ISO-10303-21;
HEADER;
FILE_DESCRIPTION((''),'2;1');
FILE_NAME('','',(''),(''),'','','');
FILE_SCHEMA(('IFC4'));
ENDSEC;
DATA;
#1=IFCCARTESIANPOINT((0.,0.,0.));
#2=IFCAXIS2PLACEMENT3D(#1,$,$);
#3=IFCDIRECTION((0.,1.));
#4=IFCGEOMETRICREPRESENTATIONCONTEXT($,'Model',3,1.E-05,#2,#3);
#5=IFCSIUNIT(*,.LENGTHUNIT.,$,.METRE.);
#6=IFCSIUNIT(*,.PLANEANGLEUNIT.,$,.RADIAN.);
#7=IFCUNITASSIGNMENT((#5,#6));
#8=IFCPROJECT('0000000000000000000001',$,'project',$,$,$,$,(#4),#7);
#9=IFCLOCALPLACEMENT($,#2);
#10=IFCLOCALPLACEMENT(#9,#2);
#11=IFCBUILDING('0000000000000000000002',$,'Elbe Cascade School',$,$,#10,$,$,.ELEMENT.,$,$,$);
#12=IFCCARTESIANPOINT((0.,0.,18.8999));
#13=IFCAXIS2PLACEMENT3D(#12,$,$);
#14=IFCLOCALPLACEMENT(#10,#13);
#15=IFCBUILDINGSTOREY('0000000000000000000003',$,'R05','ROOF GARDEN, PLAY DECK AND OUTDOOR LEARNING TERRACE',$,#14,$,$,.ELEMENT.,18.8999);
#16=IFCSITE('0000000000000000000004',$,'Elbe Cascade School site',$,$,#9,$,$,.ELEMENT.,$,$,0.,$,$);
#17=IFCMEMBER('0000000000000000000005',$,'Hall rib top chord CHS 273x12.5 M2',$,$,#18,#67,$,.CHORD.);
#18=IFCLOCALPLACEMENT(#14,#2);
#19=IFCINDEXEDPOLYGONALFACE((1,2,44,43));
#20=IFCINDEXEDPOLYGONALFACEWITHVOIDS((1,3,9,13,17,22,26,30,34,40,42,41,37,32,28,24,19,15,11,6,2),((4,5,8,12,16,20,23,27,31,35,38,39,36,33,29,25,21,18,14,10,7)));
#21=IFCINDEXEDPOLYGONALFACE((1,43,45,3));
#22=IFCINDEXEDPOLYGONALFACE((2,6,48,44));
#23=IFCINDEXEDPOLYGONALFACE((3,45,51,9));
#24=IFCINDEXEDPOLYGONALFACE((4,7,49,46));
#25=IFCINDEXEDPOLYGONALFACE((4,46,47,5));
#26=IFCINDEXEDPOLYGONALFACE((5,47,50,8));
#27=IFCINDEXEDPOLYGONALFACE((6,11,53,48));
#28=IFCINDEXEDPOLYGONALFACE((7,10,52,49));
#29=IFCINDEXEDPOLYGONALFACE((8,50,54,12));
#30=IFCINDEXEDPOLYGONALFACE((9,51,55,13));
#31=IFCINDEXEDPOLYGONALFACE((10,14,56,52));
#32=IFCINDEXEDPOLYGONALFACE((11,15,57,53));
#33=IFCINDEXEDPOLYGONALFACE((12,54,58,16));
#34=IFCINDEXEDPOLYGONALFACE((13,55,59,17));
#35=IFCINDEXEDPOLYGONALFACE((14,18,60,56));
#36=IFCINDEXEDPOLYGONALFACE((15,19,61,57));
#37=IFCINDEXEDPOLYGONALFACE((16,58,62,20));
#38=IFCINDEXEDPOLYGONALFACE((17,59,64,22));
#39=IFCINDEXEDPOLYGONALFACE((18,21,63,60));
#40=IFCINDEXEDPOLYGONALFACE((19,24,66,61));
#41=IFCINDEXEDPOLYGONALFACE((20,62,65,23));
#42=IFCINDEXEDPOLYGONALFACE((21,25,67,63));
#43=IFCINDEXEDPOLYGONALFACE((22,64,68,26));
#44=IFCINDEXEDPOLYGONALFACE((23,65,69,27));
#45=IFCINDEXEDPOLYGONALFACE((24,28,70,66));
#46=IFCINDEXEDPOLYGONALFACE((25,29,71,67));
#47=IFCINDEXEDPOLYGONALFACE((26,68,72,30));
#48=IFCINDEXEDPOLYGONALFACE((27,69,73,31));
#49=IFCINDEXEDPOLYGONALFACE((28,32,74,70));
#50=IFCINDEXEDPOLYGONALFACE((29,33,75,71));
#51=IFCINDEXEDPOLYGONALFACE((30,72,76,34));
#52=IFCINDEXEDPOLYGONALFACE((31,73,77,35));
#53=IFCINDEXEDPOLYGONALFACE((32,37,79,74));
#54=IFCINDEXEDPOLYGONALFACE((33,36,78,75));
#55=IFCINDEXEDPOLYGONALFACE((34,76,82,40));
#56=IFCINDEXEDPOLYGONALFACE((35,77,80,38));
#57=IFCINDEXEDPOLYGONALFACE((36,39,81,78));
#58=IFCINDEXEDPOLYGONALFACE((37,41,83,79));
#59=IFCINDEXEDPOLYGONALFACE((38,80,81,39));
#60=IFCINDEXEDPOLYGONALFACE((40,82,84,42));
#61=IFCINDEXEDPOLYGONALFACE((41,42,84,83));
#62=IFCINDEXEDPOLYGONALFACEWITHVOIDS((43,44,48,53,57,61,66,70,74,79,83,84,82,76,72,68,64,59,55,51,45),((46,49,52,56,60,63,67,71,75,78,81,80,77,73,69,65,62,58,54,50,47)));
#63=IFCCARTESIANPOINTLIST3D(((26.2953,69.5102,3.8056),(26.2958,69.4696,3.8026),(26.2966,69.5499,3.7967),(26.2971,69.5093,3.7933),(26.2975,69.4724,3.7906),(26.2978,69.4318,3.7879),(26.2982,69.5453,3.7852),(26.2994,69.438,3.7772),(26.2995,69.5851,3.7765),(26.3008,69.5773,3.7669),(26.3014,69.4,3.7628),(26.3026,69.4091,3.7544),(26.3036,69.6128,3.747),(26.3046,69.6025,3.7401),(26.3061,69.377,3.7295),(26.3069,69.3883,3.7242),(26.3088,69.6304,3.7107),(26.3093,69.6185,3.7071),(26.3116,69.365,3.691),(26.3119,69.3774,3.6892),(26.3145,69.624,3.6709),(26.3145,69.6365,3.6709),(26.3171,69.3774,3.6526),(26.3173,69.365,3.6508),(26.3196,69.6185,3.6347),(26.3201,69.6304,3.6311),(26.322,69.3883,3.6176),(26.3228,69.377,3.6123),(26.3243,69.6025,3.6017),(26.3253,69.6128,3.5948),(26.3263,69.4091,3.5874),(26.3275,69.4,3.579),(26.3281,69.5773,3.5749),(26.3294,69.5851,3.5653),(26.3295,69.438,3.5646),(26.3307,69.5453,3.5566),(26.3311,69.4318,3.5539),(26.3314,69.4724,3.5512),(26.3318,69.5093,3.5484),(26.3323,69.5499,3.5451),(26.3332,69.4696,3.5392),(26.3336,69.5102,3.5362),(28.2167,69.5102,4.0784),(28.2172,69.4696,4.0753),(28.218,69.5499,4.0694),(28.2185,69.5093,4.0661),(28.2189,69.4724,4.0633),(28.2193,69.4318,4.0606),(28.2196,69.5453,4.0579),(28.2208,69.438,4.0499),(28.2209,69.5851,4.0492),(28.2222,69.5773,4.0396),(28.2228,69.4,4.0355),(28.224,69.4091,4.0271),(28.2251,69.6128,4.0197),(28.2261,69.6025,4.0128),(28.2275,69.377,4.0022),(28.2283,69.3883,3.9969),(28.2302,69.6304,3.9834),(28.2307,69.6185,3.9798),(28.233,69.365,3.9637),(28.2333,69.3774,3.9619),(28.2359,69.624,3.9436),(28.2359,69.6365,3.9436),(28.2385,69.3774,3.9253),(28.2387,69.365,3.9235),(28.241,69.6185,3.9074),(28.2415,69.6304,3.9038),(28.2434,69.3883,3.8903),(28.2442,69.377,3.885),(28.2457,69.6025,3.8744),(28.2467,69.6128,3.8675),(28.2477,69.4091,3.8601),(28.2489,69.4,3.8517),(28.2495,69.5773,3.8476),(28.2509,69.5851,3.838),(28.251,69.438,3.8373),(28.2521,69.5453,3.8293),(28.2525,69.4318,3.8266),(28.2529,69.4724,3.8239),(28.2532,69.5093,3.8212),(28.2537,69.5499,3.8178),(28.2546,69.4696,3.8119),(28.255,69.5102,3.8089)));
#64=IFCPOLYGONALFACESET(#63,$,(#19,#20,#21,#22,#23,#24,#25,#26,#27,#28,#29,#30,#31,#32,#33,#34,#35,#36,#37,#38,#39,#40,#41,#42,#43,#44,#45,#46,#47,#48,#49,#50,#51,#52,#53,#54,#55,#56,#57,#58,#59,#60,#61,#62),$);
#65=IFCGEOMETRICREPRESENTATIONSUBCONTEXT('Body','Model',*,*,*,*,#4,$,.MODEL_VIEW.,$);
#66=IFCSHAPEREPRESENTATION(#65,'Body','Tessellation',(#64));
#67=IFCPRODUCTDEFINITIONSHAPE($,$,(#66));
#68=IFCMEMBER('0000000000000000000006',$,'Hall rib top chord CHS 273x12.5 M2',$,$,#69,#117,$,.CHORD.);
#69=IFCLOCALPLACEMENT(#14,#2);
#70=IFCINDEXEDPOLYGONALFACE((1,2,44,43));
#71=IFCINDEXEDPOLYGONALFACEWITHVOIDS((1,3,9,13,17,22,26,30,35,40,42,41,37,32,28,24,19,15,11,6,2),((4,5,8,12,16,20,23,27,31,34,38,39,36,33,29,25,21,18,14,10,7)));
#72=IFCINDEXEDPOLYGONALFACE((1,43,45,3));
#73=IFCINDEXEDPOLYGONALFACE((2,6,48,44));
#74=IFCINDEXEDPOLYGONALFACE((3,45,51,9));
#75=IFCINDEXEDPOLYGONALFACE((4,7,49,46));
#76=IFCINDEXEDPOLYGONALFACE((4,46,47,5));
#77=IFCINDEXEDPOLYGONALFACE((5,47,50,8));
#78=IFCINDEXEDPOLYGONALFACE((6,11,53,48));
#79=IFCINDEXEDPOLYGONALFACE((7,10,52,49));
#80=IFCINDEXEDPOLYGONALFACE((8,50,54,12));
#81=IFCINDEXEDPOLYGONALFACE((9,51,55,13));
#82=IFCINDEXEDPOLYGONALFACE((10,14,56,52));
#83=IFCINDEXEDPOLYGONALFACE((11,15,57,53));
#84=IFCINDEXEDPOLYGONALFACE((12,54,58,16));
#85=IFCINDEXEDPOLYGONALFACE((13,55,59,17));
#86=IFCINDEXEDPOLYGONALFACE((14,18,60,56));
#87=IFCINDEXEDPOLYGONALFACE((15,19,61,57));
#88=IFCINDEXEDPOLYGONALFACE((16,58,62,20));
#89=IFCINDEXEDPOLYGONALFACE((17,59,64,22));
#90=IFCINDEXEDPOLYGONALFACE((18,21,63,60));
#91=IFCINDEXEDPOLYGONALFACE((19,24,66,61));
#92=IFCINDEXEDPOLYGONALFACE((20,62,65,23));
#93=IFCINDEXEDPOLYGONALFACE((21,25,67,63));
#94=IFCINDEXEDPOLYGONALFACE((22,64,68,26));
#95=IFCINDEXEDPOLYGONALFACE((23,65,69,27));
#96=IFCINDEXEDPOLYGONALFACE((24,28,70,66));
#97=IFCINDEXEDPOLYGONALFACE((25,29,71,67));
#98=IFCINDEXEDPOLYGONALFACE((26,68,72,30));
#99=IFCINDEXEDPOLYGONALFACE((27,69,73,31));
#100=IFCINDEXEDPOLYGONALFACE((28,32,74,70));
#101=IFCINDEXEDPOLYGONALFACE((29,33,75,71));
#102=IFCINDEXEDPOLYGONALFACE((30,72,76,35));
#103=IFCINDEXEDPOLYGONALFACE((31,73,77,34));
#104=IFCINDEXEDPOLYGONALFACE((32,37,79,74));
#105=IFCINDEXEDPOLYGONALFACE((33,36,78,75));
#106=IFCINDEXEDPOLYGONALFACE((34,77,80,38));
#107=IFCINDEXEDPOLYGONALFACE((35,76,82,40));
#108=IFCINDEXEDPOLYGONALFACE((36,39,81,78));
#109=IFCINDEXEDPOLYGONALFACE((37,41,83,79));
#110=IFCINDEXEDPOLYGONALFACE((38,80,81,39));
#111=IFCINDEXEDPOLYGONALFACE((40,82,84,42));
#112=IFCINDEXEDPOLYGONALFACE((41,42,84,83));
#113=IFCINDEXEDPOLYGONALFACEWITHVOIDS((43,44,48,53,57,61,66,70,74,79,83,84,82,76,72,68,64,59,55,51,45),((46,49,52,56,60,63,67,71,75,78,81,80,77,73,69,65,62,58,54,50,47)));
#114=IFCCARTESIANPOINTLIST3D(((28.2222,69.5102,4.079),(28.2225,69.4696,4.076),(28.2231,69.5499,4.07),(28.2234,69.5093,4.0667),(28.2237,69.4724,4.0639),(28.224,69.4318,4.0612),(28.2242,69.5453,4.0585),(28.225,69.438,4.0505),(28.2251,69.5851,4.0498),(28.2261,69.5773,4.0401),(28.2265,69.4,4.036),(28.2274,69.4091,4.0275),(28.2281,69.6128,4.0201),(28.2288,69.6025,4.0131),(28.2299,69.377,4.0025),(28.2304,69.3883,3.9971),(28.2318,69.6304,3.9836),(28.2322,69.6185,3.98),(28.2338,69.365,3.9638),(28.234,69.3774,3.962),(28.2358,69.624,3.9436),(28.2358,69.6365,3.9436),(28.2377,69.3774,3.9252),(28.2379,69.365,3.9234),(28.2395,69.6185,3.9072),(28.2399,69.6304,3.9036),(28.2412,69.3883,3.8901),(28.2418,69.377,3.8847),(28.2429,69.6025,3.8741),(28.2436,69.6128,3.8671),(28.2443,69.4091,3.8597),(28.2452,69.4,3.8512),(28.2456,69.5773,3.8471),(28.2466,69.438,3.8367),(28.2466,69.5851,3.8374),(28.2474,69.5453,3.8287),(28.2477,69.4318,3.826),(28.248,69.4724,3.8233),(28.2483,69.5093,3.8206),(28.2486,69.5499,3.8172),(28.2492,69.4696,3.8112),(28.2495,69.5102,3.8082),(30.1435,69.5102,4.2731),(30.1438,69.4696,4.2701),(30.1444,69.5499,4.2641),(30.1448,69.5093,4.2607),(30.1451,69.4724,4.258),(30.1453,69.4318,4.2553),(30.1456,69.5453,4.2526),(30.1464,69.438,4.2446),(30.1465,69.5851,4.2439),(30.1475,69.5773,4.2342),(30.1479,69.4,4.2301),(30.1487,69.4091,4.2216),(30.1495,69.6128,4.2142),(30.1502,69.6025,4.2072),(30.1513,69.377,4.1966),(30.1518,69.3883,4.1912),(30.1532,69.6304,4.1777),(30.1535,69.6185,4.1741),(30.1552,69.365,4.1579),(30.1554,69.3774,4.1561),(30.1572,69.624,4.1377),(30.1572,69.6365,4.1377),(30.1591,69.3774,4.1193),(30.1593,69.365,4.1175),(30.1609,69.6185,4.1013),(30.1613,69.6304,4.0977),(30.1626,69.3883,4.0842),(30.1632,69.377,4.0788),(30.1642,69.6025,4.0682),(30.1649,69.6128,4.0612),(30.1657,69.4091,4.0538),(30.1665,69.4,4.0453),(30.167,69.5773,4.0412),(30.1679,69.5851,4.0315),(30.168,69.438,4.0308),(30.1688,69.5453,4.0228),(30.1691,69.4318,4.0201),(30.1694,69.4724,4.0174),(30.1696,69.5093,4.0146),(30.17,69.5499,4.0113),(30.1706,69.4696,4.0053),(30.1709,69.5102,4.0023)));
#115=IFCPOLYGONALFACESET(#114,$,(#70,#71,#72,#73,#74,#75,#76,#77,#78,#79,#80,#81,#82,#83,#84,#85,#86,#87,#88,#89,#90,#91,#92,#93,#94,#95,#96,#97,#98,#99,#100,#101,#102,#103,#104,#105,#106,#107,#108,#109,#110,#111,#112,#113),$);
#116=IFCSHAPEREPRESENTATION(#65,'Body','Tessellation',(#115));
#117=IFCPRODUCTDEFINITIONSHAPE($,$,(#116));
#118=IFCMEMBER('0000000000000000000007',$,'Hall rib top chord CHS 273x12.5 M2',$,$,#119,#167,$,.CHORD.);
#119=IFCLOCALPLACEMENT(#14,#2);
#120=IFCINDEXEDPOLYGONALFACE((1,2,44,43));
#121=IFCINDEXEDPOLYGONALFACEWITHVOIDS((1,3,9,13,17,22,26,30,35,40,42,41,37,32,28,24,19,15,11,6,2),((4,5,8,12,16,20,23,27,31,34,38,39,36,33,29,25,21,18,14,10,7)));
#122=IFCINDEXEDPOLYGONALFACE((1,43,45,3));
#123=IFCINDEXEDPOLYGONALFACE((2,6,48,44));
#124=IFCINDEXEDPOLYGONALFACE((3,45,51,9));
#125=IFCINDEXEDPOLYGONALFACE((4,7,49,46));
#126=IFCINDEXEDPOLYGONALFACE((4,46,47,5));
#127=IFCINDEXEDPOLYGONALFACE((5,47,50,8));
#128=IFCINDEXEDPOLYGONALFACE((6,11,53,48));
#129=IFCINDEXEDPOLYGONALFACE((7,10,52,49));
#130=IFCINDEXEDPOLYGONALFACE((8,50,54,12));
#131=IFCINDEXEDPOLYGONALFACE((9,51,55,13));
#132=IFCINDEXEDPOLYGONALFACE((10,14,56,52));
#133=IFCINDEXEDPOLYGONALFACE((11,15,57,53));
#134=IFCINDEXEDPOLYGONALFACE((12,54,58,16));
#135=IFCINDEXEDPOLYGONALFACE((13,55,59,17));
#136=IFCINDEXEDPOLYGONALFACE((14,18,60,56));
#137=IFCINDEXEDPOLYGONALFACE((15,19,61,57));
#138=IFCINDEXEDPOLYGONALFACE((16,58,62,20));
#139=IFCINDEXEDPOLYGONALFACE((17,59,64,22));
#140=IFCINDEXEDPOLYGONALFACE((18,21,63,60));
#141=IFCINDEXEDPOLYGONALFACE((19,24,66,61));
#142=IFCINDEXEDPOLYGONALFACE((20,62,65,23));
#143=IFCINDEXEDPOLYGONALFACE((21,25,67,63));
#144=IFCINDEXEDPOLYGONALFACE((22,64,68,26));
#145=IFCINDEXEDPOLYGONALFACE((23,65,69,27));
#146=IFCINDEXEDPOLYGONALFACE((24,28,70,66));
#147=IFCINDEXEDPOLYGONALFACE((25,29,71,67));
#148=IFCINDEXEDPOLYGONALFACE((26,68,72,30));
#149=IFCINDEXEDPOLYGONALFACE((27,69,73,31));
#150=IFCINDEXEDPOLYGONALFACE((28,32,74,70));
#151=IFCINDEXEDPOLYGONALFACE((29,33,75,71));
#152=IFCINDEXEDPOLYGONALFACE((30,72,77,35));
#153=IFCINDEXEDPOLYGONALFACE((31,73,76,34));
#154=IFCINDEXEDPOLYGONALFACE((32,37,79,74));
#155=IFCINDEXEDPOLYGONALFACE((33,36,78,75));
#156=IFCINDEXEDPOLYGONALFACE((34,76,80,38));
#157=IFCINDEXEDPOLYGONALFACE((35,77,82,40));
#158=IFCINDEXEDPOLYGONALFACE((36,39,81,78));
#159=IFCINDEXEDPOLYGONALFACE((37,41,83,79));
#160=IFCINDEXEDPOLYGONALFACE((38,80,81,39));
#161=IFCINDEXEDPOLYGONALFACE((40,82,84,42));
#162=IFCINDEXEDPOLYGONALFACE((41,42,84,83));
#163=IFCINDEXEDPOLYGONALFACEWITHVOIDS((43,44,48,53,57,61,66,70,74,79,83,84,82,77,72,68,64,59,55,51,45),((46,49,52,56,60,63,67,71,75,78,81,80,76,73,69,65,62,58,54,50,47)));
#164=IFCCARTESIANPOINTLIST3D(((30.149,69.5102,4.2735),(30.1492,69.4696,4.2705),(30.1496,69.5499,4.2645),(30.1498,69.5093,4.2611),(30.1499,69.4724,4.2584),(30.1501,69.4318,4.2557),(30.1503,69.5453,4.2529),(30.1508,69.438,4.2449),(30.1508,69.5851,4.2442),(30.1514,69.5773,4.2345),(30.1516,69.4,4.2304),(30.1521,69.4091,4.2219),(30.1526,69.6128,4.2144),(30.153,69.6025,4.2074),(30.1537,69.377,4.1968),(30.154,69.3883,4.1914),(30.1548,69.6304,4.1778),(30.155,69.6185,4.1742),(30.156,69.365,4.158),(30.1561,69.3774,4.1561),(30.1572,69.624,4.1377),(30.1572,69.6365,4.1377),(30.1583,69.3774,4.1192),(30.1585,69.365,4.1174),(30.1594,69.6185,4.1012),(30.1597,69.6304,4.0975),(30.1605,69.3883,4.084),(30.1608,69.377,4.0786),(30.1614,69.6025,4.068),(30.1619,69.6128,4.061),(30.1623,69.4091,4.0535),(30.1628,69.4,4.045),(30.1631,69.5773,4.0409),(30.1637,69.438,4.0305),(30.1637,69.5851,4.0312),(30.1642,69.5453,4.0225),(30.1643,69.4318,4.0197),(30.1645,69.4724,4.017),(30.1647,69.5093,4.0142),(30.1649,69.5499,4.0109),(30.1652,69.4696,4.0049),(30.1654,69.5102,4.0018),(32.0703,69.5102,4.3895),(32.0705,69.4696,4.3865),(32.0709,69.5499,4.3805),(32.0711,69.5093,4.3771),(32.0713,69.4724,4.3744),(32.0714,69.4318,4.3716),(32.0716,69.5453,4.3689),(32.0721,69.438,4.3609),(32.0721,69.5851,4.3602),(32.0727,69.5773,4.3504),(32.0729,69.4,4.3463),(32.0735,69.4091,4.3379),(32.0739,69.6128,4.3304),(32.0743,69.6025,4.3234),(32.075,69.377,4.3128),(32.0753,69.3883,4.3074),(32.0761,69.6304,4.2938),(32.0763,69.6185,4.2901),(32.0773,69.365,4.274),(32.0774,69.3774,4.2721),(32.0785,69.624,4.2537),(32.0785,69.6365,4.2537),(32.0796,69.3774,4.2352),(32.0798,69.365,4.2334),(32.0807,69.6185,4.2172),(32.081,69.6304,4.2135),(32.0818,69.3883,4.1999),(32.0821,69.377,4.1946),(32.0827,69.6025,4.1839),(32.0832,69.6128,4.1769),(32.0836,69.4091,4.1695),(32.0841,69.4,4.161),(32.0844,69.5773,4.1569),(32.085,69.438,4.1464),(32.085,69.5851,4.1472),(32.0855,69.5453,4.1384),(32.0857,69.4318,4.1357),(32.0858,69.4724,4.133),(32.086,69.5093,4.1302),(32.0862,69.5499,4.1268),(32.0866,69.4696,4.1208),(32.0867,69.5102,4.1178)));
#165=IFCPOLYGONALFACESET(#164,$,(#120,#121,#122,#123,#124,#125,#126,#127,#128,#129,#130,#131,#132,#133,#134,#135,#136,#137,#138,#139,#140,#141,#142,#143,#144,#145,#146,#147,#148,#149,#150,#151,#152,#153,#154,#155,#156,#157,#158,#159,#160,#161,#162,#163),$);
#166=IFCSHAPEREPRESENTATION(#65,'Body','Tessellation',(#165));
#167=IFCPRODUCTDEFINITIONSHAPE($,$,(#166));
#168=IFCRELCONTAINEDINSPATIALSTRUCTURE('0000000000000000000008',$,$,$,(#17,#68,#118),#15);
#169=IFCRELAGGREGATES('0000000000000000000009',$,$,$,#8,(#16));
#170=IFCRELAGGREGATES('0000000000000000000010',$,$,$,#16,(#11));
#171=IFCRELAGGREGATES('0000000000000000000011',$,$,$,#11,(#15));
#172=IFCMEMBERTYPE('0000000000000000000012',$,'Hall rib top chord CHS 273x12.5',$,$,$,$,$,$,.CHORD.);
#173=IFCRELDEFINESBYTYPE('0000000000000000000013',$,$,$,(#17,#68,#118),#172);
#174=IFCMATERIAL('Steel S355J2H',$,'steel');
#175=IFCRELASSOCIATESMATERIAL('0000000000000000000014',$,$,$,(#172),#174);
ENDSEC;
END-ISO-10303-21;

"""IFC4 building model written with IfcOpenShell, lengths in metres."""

from ifc_helpers import new_model, si_unit, direction, frame, origin, origin_2d, place, context, subcontext, project, spatial, hollow_circle, extrude, material, material_profile, profile_set, type_object, element, save


model = new_model("IFC4")

# Units and contexts
model_context = context("Model", 3, precision=1e-05, world=origin(), true_north=direction((0.0, 1.0)))
body_context = subcontext(model_context, "Body", "Model", "MODEL_VIEW")
ifc_project = project(units=[si_unit("LENGTHUNIT", "METRE"), si_unit("PLANEANGLEUNIT", "RADIAN")], contexts=[model_context])

# Site, building, storey
site_placement = place(None, origin())
site = spatial("IfcSite", under=ifc_project, at=site_placement, Name="Elbe Cascade School site", CompositionType="ELEMENT", RefElevation=0.0)
building_placement = place(site_placement, origin())
building = spatial("IfcBuilding", under=site, at=building_placement, Name="Elbe Cascade School", CompositionType="ELEMENT")
storey_placement = place(building_placement, frame((0.0, 0.0, 18.8999)))
storey = spatial("IfcBuildingStorey", under=building, at=storey_placement, Name="R05", Description="ROOF GARDEN, PLAY DECK AND OUTDOOR LEARNING TERRACE", CompositionType="ELEMENT", Elevation=18.8999)

# Members
ifc_material_1 = material(Name="Steel S355J2H", Category="steel")
ifc_material_profile_1 = material_profile(ifc_material_1, hollow_circle(Radius=0.1365, WallThickness=0.0125, at=origin_2d()), Name="CHS 273x12.5")
ifc_profile_set_1 = profile_set([ifc_material_profile_1], Name="Steel S355J2H")
member_type_1 = type_object("IfcMemberType", Name="Hall rib top chord CHS 273x12.5", PredefinedType="CHORD", material=ifc_profile_set_1)
member_1_placement = place(storey_placement, frame((26.3145, 69.5, 3.6709), z_axis=(0.990077, 0.0, 0.140523), x_axis=(0.0, 1.0, 0.0)))
element("IfcMember", 1, at=member_1_placement, inside=storey, type_object=member_type_1, Name="Hall rib top chord CHS 273x12.5 M2", PredefinedType="CHORD", context=body_context, shape_type="SweptSolid", body=[
    extrude(hollow_circle(Radius=0.1365, WallThickness=0.0125, at=origin_2d()), origin(), (0.0, 0.0, 1.0), 1.9407),
])
member_2_placement = place(storey_placement, frame((28.2358, 69.5, 3.9436), z_axis=(0.994937, 0.0, 0.100505), x_axis=(0.0, 1.0, 0.0)))
element("IfcMember", 2, at=member_2_placement, inside=storey, type_object=member_type_1, Name="Hall rib top chord CHS 273x12.5 M2", PredefinedType="CHORD", context=body_context, shape_type="SweptSolid", body=[
    extrude(hollow_circle(Radius=0.1365, WallThickness=0.0125, at=origin_2d()), origin(), (0.0, 0.0, 1.0), 1.9312),
])
member_3_placement = place(storey_placement, frame((30.1572, 69.5, 4.1377), z_axis=(0.998184, 0.0, 0.060246), x_axis=(0.0, 1.0, 0.0)))
element("IfcMember", 3, at=member_3_placement, inside=storey, type_object=member_type_1, Name="Hall rib top chord CHS 273x12.5 M2", PredefinedType="CHORD", context=body_context, shape_type="SweptSolid", body=[
    extrude(hollow_circle(Radius=0.1365, WallThickness=0.0125, at=origin_2d()), origin(), (0.0, 0.0, 1.0), 1.9248),
])

save(model, "model.ifc")
